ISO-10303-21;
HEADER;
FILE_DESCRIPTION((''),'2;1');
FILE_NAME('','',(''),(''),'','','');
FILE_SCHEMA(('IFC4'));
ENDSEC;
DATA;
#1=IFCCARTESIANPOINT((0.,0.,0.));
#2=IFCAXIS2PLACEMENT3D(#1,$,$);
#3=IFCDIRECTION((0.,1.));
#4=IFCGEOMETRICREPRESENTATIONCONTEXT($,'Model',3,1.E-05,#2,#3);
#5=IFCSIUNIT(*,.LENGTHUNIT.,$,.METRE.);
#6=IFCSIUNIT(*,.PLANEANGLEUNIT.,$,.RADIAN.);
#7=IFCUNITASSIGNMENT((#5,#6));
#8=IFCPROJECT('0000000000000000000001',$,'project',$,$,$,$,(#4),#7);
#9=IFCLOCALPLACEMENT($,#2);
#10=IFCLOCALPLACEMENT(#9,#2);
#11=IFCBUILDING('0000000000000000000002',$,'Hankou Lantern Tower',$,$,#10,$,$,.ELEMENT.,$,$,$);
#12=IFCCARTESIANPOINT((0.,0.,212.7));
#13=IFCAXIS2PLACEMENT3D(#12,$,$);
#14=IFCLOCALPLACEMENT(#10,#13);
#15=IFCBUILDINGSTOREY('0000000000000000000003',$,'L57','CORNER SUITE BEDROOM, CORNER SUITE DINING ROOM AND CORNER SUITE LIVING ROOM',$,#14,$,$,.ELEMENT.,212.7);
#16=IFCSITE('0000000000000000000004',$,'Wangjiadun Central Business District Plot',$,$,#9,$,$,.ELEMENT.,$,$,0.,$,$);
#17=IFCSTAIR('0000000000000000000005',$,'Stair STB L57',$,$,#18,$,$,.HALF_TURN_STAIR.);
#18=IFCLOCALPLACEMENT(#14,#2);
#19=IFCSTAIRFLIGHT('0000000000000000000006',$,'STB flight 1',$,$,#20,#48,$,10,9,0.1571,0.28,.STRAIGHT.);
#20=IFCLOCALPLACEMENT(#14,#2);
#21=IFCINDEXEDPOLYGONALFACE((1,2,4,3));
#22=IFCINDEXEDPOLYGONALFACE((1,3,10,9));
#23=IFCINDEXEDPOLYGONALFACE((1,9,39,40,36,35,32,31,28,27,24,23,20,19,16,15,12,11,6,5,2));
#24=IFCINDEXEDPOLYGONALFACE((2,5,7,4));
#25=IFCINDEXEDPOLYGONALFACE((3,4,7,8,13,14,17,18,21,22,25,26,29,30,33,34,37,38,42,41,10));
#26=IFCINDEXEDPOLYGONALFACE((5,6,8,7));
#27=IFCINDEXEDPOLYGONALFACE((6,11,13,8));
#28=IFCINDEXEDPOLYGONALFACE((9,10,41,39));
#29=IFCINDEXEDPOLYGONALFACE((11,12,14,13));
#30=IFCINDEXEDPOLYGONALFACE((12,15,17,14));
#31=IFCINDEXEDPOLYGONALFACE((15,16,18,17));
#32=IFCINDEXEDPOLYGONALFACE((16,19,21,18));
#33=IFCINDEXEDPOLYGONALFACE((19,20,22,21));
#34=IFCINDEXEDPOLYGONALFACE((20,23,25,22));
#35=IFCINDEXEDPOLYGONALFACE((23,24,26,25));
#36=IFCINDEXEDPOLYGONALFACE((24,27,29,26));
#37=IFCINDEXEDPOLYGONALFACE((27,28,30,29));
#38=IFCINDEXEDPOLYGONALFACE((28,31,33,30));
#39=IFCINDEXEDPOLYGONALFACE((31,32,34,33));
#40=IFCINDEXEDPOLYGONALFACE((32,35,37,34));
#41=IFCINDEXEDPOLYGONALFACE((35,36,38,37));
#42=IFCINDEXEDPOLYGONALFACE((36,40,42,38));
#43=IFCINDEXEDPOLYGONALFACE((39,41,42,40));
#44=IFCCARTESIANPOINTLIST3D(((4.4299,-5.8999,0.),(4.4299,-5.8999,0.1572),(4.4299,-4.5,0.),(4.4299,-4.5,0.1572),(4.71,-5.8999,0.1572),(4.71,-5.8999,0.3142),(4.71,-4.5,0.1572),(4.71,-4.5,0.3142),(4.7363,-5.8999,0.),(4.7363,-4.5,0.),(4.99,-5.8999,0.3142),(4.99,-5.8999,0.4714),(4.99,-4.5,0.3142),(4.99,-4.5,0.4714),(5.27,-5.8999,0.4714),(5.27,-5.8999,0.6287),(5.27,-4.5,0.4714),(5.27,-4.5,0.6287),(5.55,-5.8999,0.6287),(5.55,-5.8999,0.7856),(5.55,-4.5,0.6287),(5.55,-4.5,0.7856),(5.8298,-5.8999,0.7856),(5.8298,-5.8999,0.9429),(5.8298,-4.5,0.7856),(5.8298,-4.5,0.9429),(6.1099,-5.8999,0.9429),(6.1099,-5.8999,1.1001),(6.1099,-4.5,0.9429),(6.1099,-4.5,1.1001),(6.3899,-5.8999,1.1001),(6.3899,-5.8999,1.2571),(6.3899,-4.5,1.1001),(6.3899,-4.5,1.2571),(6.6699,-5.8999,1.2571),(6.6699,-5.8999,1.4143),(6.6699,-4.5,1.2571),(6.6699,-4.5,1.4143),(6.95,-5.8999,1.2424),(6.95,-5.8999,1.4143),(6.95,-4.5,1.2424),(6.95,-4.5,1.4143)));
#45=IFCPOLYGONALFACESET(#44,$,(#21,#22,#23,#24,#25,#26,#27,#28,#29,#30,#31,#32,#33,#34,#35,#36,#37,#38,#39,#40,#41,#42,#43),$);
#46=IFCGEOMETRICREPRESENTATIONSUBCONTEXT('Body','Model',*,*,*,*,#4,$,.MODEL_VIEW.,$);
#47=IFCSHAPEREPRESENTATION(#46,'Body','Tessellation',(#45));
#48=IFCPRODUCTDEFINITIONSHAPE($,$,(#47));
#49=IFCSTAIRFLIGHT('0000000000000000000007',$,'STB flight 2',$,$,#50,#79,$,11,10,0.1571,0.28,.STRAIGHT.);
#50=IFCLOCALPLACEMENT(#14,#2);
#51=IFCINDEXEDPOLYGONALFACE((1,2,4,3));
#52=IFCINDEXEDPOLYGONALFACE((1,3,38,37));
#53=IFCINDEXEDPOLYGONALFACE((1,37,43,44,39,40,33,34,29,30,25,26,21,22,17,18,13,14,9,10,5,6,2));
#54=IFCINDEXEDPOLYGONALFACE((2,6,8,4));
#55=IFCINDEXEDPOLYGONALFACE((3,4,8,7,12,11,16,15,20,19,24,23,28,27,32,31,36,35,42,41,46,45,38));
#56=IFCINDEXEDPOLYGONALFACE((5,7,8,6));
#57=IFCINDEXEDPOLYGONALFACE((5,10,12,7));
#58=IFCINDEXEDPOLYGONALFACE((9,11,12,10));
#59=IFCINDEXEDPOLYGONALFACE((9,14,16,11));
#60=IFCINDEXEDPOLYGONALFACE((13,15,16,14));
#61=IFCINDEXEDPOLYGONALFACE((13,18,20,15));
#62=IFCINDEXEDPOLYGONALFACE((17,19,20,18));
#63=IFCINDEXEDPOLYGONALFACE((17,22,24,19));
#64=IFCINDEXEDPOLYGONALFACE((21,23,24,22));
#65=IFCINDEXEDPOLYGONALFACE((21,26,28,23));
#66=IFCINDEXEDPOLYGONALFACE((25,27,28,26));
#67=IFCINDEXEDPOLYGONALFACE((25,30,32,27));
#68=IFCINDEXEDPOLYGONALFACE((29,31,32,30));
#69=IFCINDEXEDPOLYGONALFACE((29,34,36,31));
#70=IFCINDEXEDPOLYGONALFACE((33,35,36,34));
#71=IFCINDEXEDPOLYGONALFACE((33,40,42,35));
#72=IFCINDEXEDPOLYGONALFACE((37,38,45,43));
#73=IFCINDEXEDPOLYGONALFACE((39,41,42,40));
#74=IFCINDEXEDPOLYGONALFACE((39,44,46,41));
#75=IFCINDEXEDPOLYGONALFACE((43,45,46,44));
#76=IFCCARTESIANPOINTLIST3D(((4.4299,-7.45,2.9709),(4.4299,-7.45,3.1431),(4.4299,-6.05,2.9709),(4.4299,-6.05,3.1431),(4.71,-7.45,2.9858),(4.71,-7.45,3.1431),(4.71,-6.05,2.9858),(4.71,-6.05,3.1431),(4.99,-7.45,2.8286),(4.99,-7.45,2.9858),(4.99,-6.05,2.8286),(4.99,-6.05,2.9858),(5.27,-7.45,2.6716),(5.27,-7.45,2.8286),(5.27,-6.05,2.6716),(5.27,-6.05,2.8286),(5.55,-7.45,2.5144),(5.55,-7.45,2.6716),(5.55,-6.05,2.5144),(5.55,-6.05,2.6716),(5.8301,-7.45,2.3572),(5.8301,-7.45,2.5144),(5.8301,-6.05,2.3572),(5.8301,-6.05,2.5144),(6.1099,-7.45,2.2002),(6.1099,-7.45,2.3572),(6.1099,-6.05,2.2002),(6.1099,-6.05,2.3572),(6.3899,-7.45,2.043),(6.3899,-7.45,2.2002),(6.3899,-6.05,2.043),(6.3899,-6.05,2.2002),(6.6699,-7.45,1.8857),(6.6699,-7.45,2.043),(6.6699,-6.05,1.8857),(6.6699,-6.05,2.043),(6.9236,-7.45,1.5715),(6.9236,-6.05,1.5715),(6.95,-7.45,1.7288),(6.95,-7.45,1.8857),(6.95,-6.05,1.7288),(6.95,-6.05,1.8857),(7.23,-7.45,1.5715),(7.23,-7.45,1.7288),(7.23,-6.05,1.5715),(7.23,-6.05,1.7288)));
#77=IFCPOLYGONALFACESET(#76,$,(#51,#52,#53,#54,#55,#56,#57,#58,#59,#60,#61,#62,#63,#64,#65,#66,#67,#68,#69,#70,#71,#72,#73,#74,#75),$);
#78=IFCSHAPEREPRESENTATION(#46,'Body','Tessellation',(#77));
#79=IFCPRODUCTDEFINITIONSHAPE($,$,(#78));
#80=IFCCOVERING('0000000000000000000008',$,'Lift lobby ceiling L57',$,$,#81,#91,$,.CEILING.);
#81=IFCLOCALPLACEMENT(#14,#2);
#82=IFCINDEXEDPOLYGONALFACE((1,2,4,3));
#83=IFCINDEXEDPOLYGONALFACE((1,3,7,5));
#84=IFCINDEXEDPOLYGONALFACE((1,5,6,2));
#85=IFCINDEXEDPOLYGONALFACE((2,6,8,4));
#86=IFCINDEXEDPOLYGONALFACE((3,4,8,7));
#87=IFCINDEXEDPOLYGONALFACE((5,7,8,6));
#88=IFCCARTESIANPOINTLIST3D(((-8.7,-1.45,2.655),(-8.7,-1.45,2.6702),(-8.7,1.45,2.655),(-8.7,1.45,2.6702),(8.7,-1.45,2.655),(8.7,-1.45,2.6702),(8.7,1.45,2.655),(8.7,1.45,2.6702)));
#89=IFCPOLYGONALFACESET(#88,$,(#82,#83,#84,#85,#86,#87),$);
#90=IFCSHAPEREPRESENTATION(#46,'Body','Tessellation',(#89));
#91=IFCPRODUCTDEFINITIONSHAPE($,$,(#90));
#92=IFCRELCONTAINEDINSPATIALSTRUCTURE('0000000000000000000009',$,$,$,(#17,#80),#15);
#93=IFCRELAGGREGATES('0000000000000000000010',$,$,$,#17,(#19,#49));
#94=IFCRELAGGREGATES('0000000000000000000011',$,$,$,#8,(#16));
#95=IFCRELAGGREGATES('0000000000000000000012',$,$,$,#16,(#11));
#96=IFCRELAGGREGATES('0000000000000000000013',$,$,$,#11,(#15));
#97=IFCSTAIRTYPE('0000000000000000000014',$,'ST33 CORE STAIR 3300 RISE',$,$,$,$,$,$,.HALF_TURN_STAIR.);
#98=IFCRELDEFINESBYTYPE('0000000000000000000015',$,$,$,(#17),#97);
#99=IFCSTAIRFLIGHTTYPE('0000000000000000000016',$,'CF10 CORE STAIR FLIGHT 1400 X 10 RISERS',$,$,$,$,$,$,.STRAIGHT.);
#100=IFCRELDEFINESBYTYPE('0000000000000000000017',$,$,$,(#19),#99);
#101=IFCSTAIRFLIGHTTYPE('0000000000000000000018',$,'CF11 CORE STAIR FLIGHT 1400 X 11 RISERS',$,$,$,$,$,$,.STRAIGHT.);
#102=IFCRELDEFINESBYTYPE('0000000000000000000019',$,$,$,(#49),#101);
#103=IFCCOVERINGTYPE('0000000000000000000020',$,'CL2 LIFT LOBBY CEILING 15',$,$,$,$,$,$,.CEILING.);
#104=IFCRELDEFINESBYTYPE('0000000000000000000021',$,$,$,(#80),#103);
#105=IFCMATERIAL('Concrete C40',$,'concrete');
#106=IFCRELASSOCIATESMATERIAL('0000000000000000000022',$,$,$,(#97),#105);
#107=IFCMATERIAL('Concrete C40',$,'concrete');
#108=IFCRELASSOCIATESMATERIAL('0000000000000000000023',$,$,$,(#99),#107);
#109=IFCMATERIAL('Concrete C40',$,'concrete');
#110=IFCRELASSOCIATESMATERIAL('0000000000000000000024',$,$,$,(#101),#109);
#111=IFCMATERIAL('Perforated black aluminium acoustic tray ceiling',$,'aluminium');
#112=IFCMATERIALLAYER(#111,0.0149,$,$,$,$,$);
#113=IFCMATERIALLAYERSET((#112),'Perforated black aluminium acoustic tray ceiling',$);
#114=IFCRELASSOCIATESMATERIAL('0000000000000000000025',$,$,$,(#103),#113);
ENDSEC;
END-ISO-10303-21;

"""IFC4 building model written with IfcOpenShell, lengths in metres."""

from ifc_helpers import new_model, si_unit, direction, frame, origin, place, context, subcontext, project, spatial, polyline, outline, extrude, material, layer, layer_set, type_object, element, aggregate, save


model = new_model("IFC4")

# Units and contexts
model_context = context("Model", 3, precision=1e-05, world=origin(), true_north=direction((0.0, 1.0)))
body_context = subcontext(model_context, "Body", "Model", "MODEL_VIEW")
ifc_project = project(units=[si_unit("LENGTHUNIT", "METRE"), si_unit("PLANEANGLEUNIT", "RADIAN")], contexts=[model_context])

# Site, building, storey
site_placement = place(None, origin())
site = spatial("IfcSite", under=ifc_project, at=site_placement, Name="Wangjiadun Central Business District Plot", CompositionType="ELEMENT", RefElevation=0.0)
building_placement = place(site_placement, origin())
building = spatial("IfcBuilding", under=site, at=building_placement, Name="Hankou Lantern Tower", CompositionType="ELEMENT")
storey_placement = place(building_placement, frame((0.0, 0.0, 212.7)))
storey = spatial("IfcBuildingStorey", under=building, at=storey_placement, Name="L57", Description="CORNER SUITE BEDROOM, CORNER SUITE DINING ROOM AND CORNER SUITE LIVING ROOM", CompositionType="ELEMENT", Elevation=212.7)

# Stair, stair flights
ifc_material_1 = material(Name="Concrete C40", Category="concrete")
stair_type = type_object("IfcStairType", Name="ST33 CORE STAIR 3300 RISE", PredefinedType="HALF_TURN_STAIR", material=ifc_material_1)
stair_placement = place(storey_placement, origin())
stair = element("IfcStair", 1, at=stair_placement, inside=storey, type_object=stair_type, Name="Stair STB L57", PredefinedType="HALF_TURN_STAIR")
ifc_material_2 = material(Name="Concrete C40", Category="concrete")
stair_flight_type_1 = type_object("IfcStairFlightType", Name="CF10 CORE STAIR FLIGHT 1400 X 10 RISERS", PredefinedType="STRAIGHT", material=ifc_material_2)
stair_flight_1_placement = place(storey_placement, frame((4.4299, -5.2, 0.0), z_axis=(0.0, 0.0, 1.0), x_axis=(1.0, 0.0, 0.0)))
stair_flight_1 = element("IfcStairFlight", 2, at=stair_flight_1_placement, type_object=stair_flight_type_1, Name="STB flight 1", NumberOfRisers=10, NumberOfTreads=9, PredefinedType="STRAIGHT", RiserHeight=0.1571, TreadLength=0.28, context=body_context, shape_type="SweptSolid", body=[
    extrude(outline(polyline([(0.0, 0.0), (0.0, 0.1572), (0.28, 0.1572), (0.28, 0.3142), (0.5601, 0.3142), (0.5601, 0.4714), (0.8401, 0.4714), (0.8401, 0.6287), (1.1201, 0.6287), (1.1201, 0.7856), (1.3999, 0.7856), (1.3999, 0.9429), (1.6799, 0.9429), (1.6799, 1.1001), (1.96, 1.1001), (1.96, 1.2571), (2.24, 1.2571), (2.24, 1.4143), (2.52, 1.4143), (2.52, 1.5715), (2.52, 1.2424), (0.3064, 0.0), (0.0, 0.0)])), frame((0.0, 0.7, 0.0), z_axis=(0.0, -1.0, 0.0), x_axis=(1.0, 0.0, 0.0)), (0.0, 0.0, 1.0), 1.3999),
])
ifc_material_3 = material(Name="Concrete C40", Category="concrete")
stair_flight_type_2 = type_object("IfcStairFlightType", Name="CF11 CORE STAIR FLIGHT 1400 X 11 RISERS", PredefinedType="STRAIGHT", material=ifc_material_3)
stair_flight_2_placement = place(storey_placement, frame((7.23, -6.75, 1.5715), z_axis=(0.0, 0.0, 1.0), x_axis=(-1.0, 0.0, 0.0)))
stair_flight_2 = element("IfcStairFlight", 3, at=stair_flight_2_placement, type_object=stair_flight_type_2, Name="STB flight 2", NumberOfRisers=11, NumberOfTreads=10, PredefinedType="STRAIGHT", RiserHeight=0.1571, TreadLength=0.28, context=body_context, shape_type="SweptSolid", body=[
    extrude(outline(polyline([(0.0, 0.0), (0.0, 0.1572), (0.28, 0.1572), (0.28, 0.3142), (0.5601, 0.3142), (0.5601, 0.4714), (0.8401, 0.4714), (0.8401, 0.6287), (1.1201, 0.6287), (1.1201, 0.7856), (1.3999, 0.7856), (1.3999, 0.9429), (1.6799, 0.9429), (1.6799, 1.1001), (1.96, 1.1001), (1.96, 1.2571), (2.24, 1.2571), (2.24, 1.4143), (2.52, 1.4143), (2.52, 1.5715), (2.8, 1.5715), (2.8, 1.7285), (2.8, 1.3994), (0.3064, 0.0), (0.0, 0.0)])), frame((0.0, 0.7, 0.0), z_axis=(0.0, -1.0, 0.0), x_axis=(1.0, 0.0, 0.0)), (0.0, 0.0, 1.0), 1.3999),
])
aggregate(stair, [stair_flight_1, stair_flight_2])

# Covering
ifc_material_4 = material(Name="Perforated black aluminium acoustic tray ceiling", Category="aluminium")
ifc_layer_1 = layer(ifc_material_4, 0.0149)
ifc_layer_set_1 = layer_set([ifc_layer_1], Name="Perforated black aluminium acoustic tray ceiling")
covering_type = type_object("IfcCoveringType", Name="CL2 LIFT LOBBY CEILING 15", PredefinedType="CEILING", material=ifc_layer_set_1)
covering_placement = place(storey_placement, frame((0.0, 0.0, 2.655)))
element("IfcCovering", 4, at=covering_placement, inside=storey, type_object=covering_type, Name="Lift lobby ceiling L57", PredefinedType="CEILING", context=body_context, shape_type="SweptSolid", body=[
    extrude(outline(polyline([(-8.7, -1.45), (8.7, -1.45), (8.7, 1.45), (-8.7, 1.45), (-8.7, -1.45)])), origin(), (0.0, 0.0, 1.0), 0.0151),
])

save(model, "model.ifc")
